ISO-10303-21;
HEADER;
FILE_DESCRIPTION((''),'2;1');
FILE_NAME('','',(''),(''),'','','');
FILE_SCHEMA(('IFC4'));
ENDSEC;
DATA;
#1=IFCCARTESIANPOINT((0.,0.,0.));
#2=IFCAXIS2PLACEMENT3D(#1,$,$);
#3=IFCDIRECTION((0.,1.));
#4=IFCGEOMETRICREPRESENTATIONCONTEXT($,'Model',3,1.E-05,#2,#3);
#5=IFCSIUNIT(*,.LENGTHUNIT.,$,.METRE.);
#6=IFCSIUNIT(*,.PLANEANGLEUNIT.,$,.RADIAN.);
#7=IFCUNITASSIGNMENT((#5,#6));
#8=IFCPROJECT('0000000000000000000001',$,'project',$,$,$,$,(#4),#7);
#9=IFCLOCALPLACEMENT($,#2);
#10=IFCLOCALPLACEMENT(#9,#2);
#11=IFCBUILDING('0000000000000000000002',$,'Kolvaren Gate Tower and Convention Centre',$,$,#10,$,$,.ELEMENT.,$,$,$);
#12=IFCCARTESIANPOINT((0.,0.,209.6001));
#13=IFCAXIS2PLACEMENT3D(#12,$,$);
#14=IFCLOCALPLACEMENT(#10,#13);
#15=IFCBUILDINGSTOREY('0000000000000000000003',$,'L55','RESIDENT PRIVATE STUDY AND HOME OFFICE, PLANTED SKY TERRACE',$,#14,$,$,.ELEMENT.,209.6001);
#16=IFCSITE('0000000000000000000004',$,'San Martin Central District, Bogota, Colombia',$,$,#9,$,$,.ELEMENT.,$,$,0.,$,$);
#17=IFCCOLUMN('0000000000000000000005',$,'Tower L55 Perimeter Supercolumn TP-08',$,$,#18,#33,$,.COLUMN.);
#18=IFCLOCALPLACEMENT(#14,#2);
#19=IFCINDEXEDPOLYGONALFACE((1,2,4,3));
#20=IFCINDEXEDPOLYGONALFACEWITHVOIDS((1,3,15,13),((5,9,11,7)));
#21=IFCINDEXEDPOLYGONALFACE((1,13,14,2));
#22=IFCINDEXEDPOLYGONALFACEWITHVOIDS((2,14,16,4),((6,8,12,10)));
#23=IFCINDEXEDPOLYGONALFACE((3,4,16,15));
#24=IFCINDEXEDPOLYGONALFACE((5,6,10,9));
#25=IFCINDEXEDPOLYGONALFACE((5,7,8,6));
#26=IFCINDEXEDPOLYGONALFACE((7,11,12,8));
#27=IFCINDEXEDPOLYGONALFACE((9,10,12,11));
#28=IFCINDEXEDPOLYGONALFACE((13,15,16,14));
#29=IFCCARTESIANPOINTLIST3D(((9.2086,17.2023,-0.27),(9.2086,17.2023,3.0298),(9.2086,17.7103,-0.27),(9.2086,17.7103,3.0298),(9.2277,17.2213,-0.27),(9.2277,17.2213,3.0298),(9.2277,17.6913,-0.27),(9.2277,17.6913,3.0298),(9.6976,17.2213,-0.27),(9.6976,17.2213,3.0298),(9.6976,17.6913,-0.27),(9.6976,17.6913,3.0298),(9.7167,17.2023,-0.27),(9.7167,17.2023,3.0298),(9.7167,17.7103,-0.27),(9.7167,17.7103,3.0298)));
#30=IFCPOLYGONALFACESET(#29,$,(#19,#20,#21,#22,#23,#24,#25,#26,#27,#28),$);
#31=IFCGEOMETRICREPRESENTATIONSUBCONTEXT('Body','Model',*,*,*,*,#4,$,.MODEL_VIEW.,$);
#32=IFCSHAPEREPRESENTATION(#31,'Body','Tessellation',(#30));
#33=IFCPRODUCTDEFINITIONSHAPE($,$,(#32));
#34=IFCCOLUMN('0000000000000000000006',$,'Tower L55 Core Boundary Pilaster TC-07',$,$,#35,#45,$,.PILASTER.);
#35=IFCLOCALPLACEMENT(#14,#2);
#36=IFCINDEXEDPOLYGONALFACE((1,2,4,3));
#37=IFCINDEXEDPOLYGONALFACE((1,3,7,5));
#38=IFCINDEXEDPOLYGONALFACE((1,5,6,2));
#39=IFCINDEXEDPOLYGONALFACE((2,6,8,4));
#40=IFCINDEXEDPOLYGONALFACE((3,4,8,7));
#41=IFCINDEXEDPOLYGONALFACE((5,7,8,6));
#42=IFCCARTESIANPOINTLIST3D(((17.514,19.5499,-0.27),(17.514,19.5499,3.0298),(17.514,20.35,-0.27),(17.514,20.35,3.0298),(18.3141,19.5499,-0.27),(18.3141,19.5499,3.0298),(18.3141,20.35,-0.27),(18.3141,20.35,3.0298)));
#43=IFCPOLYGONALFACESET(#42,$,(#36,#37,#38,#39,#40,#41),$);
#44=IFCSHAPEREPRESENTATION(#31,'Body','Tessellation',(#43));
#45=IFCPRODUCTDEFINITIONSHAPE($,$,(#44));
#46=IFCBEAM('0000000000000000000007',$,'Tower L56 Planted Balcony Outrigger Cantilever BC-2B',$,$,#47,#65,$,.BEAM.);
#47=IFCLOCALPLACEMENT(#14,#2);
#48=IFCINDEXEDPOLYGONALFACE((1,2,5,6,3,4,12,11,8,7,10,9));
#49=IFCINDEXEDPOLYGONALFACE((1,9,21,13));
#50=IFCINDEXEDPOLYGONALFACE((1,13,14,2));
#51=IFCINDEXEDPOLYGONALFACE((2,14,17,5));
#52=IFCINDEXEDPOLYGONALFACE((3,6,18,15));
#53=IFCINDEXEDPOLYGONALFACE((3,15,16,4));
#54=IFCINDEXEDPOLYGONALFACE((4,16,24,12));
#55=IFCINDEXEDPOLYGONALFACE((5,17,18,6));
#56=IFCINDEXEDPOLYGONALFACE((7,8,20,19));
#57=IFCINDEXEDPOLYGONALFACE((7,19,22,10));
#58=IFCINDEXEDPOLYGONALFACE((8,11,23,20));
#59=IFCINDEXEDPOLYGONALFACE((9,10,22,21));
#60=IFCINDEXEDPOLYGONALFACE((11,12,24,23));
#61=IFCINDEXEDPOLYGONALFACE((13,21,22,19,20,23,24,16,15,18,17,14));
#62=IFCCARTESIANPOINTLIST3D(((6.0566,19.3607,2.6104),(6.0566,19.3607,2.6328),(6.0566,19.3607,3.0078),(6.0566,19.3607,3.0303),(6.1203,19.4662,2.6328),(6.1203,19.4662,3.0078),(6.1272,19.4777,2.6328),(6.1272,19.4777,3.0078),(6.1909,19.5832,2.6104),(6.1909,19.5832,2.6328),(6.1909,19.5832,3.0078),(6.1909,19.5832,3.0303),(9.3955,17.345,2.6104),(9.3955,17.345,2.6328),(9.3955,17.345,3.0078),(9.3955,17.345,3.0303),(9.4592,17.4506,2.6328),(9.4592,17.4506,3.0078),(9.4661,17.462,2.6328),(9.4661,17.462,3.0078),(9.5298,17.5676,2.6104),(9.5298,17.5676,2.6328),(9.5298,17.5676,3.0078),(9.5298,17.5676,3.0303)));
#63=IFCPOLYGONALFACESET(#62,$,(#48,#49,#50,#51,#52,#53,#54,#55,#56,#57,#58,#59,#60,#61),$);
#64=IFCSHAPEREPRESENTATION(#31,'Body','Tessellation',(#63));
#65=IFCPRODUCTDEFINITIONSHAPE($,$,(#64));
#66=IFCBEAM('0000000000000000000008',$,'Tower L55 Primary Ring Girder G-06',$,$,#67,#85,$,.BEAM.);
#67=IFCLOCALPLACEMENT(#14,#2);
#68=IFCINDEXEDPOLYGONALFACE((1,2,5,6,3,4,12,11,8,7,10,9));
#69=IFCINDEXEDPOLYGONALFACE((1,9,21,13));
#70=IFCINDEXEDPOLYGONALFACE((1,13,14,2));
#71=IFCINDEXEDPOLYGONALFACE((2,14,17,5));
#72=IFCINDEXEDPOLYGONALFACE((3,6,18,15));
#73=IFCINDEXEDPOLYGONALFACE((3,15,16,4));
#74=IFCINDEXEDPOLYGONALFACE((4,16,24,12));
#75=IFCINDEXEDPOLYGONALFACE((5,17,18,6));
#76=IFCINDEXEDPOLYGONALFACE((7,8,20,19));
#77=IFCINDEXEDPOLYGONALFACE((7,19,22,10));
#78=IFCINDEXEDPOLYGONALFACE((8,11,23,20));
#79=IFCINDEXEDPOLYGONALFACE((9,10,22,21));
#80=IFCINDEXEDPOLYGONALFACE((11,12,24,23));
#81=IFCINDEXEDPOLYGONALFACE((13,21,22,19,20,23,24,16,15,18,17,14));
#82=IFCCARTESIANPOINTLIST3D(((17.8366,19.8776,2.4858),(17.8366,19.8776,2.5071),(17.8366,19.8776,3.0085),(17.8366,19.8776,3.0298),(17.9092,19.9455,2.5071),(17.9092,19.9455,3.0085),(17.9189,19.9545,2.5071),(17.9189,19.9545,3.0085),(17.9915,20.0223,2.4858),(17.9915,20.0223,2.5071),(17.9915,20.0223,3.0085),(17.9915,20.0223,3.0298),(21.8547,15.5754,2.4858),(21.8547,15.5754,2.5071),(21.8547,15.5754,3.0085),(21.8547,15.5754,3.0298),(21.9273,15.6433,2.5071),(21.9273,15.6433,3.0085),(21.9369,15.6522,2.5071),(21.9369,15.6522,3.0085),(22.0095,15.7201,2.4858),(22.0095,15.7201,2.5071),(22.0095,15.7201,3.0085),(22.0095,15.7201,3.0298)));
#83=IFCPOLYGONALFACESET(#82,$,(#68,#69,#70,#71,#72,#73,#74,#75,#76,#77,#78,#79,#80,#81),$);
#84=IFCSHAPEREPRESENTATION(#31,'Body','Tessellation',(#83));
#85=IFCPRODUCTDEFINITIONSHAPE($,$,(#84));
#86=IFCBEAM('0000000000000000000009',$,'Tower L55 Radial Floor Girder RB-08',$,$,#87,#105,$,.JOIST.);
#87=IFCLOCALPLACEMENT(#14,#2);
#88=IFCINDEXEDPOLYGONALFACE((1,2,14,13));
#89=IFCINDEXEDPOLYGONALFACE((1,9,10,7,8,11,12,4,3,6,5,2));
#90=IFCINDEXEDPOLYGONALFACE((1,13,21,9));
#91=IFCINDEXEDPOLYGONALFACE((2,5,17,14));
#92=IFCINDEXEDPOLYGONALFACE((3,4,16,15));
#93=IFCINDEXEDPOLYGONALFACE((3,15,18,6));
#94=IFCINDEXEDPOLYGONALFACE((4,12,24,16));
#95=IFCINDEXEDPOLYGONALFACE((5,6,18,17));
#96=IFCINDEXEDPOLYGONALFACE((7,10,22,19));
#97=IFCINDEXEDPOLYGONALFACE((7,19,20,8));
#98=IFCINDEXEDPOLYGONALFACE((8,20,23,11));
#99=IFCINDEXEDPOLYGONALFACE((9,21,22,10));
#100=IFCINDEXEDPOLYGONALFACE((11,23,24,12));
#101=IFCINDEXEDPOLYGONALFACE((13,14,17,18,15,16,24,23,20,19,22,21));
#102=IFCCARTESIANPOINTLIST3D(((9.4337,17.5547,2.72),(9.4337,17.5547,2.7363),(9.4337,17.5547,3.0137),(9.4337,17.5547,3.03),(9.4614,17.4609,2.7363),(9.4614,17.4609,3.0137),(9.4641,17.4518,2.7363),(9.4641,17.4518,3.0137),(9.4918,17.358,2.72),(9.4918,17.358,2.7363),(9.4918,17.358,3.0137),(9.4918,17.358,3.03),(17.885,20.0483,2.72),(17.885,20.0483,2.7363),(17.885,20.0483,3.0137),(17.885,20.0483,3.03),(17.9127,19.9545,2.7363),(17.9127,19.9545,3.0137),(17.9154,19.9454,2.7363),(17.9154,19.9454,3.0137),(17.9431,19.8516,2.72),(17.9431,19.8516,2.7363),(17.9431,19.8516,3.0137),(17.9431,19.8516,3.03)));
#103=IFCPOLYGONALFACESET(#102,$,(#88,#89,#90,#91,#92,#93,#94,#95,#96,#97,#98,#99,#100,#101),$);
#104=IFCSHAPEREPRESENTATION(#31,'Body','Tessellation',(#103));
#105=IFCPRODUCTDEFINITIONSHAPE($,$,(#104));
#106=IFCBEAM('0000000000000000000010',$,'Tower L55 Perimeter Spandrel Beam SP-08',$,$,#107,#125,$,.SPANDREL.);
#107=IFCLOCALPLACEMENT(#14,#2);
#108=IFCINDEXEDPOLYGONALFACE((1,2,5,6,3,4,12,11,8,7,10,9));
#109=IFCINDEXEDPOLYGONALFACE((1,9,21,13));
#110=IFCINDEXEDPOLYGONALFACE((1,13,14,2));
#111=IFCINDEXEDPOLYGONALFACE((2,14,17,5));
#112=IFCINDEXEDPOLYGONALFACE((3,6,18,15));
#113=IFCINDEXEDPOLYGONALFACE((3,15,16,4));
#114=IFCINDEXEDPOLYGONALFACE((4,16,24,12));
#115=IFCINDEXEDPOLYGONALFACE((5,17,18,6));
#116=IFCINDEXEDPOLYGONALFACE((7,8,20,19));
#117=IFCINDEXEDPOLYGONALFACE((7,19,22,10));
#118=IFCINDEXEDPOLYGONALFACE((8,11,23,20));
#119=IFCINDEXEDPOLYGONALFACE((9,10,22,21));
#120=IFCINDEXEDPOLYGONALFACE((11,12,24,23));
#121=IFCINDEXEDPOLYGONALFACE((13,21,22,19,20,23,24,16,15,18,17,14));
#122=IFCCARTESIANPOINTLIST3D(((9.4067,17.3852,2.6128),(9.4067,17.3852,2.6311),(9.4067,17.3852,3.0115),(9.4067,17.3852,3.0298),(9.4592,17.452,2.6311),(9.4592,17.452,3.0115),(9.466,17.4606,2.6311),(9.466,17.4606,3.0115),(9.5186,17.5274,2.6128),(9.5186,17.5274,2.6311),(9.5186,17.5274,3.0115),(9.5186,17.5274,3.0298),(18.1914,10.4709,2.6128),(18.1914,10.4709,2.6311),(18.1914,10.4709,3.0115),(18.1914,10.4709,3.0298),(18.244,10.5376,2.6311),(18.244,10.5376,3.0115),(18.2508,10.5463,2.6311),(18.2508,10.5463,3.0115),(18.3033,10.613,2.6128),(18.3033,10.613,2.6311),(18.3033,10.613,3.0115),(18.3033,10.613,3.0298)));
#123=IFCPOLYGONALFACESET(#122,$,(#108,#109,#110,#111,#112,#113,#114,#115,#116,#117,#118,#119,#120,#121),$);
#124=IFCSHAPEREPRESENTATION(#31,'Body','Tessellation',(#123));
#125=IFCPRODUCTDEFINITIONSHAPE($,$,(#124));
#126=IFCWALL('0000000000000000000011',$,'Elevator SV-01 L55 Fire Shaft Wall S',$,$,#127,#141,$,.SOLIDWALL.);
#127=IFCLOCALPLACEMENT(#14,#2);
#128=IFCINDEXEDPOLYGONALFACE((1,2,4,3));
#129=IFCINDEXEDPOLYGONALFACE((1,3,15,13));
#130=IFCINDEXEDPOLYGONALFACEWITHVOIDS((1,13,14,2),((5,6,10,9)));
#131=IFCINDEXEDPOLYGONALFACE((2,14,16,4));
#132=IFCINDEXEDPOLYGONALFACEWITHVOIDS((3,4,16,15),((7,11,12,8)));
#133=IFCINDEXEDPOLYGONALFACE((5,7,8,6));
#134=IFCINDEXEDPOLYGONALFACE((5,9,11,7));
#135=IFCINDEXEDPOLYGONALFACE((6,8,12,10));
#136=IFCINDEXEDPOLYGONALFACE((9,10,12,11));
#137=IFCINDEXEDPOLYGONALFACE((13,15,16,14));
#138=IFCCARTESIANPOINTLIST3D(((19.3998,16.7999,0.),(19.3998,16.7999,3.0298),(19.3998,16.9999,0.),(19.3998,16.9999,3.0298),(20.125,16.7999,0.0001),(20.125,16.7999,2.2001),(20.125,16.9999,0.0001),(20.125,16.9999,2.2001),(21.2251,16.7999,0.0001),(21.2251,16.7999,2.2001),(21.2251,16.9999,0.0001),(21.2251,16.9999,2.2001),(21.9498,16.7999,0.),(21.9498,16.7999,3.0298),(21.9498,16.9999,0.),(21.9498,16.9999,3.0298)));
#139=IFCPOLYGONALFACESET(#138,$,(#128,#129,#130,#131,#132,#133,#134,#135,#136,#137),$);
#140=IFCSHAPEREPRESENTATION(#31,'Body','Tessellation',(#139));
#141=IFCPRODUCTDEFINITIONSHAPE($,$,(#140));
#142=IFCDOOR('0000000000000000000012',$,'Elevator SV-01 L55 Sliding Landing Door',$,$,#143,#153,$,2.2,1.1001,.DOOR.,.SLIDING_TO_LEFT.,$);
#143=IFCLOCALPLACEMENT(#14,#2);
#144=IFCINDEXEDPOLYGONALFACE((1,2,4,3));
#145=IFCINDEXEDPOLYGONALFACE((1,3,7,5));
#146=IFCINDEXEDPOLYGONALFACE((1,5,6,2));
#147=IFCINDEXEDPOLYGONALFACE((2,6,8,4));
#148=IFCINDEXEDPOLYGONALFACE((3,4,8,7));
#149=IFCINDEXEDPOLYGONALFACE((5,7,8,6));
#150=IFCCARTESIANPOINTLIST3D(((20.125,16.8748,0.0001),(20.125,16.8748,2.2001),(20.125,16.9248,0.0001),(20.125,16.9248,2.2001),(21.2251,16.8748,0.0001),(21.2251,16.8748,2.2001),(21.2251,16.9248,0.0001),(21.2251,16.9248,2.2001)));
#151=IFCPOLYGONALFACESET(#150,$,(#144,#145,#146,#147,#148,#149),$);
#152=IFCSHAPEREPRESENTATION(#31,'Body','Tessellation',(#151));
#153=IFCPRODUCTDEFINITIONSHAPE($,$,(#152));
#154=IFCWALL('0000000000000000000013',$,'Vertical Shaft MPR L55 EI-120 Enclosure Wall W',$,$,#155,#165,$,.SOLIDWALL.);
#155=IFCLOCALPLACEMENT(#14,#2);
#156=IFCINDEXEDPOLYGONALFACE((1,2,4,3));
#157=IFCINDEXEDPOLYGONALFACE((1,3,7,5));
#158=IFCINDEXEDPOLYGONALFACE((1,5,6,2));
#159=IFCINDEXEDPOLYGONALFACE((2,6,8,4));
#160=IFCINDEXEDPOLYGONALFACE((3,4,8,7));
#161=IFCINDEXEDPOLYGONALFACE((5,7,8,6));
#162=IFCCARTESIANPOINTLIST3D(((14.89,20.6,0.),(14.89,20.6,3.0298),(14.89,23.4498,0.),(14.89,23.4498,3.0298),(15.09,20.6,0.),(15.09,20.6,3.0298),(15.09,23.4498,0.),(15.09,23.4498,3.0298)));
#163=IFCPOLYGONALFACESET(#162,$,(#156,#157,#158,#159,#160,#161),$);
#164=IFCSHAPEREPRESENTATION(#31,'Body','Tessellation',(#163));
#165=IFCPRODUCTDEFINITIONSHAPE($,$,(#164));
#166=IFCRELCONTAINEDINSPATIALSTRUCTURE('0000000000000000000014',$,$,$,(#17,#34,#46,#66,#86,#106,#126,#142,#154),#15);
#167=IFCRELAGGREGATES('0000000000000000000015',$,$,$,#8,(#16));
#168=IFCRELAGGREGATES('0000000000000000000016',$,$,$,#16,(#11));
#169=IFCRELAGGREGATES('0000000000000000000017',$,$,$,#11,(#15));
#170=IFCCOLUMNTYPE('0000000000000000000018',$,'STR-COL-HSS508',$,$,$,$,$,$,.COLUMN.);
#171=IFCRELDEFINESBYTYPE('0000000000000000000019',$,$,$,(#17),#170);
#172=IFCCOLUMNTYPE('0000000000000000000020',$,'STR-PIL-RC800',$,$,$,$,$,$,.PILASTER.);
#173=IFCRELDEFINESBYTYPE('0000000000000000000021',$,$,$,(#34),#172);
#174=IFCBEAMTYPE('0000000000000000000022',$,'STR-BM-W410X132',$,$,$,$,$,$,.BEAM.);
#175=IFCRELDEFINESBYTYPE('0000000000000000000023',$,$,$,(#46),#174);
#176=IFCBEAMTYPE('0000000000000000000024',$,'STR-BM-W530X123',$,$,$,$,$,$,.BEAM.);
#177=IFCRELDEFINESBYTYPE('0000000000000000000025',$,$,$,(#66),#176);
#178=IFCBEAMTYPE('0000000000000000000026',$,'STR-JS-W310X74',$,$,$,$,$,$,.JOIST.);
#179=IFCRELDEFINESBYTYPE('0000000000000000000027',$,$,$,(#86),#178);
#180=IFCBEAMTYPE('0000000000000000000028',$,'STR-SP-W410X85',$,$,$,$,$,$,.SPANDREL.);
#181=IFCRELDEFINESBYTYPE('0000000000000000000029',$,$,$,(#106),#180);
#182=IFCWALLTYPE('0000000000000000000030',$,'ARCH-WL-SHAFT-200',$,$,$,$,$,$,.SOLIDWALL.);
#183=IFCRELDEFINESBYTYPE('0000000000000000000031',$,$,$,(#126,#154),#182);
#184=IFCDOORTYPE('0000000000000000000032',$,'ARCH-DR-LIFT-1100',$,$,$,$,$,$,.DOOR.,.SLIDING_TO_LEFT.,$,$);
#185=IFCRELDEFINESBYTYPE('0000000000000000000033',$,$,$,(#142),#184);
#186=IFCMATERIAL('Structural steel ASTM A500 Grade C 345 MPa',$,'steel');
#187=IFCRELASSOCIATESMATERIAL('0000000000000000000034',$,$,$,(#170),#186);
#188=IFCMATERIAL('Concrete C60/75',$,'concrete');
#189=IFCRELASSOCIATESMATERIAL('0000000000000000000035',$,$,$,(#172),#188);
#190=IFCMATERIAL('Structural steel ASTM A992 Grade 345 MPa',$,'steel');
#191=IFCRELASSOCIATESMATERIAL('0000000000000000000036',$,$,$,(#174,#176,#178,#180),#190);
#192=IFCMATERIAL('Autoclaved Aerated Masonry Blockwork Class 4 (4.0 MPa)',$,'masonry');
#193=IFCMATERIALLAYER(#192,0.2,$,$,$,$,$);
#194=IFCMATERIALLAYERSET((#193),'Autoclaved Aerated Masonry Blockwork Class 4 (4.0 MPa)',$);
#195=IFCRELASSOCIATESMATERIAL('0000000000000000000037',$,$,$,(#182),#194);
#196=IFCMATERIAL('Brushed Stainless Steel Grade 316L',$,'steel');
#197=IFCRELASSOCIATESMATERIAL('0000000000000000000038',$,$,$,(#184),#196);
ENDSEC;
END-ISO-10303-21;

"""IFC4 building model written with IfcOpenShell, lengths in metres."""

from ifc_helpers import new_model, si_unit, direction, frame, frame_2d, origin, origin_2d, place, context, subcontext, project, spatial, rectangle, hollow_rectangle, i_section, extrude, material, layer, layer_set, material_profile, profile_set, type_object, element, fill, save


model = new_model("IFC4")

# Units and contexts
model_context = context("Model", 3, precision=1e-05, world=origin(), true_north=direction((0.0, 1.0)))
body_context = subcontext(model_context, "Body", "Model", "MODEL_VIEW")
ifc_project = project(units=[si_unit("LENGTHUNIT", "METRE"), si_unit("PLANEANGLEUNIT", "RADIAN")], contexts=[model_context])

# Site, building, storey
site_placement = place(None, origin())
site = spatial("IfcSite", under=ifc_project, at=site_placement, Name="San Martin Central District, Bogota, Colombia", CompositionType="ELEMENT", RefElevation=0.0)
building_placement = place(site_placement, origin())
building = spatial("IfcBuilding", under=site, at=building_placement, Name="Kolvaren Gate Tower and Convention Centre", CompositionType="ELEMENT")
storey_placement = place(building_placement, frame((0.0, 0.0, 209.6001)))
storey = spatial("IfcBuildingStorey", under=building, at=storey_placement, Name="L55", Description="RESIDENT PRIVATE STUDY AND HOME OFFICE, PLANTED SKY TERRACE", CompositionType="ELEMENT", Elevation=209.6001)

# Columns
ifc_material_1 = material(Name="Structural steel ASTM A500 Grade C 345 MPa", Category="steel")
ifc_material_profile_1 = material_profile(ifc_material_1, hollow_rectangle(XDim=0.5081, YDim=0.5081, WallThickness=0.019, at=origin_2d()), Name="HSS508X508X19.1")
ifc_profile_set_1 = profile_set([ifc_material_profile_1], Name="Structural steel ASTM A500 Grade C 345 MPa")
column_type_1 = type_object("IfcColumnType", Name="STR-COL-HSS508", PredefinedType="COLUMN", material=ifc_profile_set_1)
column_1_placement = place(storey_placement, frame((9.4626, 17.4563, -0.27), z_axis=(0.0, 0.0, 1.0), x_axis=(1.0, 0.0, 0.0)))
element("IfcColumn", 1, at=column_1_placement, inside=storey, type_object=column_type_1, Name="Tower L55 Perimeter Supercolumn TP-08", PredefinedType="COLUMN", context=body_context, shape_type="SweptSolid", body=[
    extrude(hollow_rectangle(XDim=0.5081, YDim=0.5081, WallThickness=0.019, at=origin_2d()), origin(), (0.0, 0.0, 1.0), 3.2998),
])
ifc_material_2 = material(Name="Concrete C60/75", Category="concrete")
ifc_material_profile_2 = material_profile(ifc_material_2, rectangle(XDim=0.8, YDim=0.8, at=origin_2d()), Name="RC-COL-800X800")
ifc_profile_set_2 = profile_set([ifc_material_profile_2], Name="Concrete C60/75")
column_type_2 = type_object("IfcColumnType", Name="STR-PIL-RC800", PredefinedType="PILASTER", material=ifc_profile_set_2)
column_2_placement = place(storey_placement, frame((17.9141, 19.95, -0.27), z_axis=(0.0, 0.0, 1.0), x_axis=(1.0, 0.0, 0.0)))
element("IfcColumn", 2, at=column_2_placement, inside=storey, type_object=column_type_2, Name="Tower L55 Core Boundary Pilaster TC-07", PredefinedType="PILASTER", context=body_context, shape_type="SweptSolid", body=[
    extrude(rectangle(XDim=0.8, YDim=0.8, at=origin_2d()), origin(), (0.0, 0.0, 1.0), 3.2998),
])

# Beams
ifc_material_3 = material(Name="Structural steel ASTM A992 Grade 345 MPa", Category="steel")
ifc_material_profile_3 = material_profile(ifc_material_3, i_section(OverallWidth=0.26, OverallDepth=0.4199, WebThickness=0.0134, FlangeThickness=0.0225, at=origin_2d()), Name="W410X132")
ifc_profile_set_3 = profile_set([ifc_material_profile_3], Name="Structural steel ASTM A992 Grade 345 MPa")
beam_type_1 = type_object("IfcBeamType", Name="STR-BM-W410X132", PredefinedType="BEAM", material=ifc_profile_set_3)
beam_1_placement = place(storey_placement, frame((9.4626, 17.4563, 2.8203), z_axis=(-0.856098, 0.516814, 0.0), x_axis=(-0.516814, -0.856098, 0.0)))
element("IfcBeam", 3, at=beam_1_placement, inside=storey, type_object=beam_type_1, Name="Tower L56 Planted Balcony Outrigger Cantilever BC-2B", PredefinedType="BEAM", context=body_context, shape_type="SweptSolid", body=[
    extrude(i_section(OverallWidth=0.26, OverallDepth=0.4199, WebThickness=0.0134, FlangeThickness=0.0225, at=origin_2d()), origin(), (0.0, 0.0, 1.0), 3.9001),
])
ifc_material_profile_4 = material_profile(ifc_material_3, i_section(OverallWidth=0.2119, OverallDepth=0.5439, WebThickness=0.0132, FlangeThickness=0.0212, at=origin_2d()), Name="W530X123")
ifc_profile_set_4 = profile_set([ifc_material_profile_4], Name="Structural steel ASTM A992 Grade 345 MPa")
beam_type_2 = type_object("IfcBeamType", Name="STR-BM-W530X123", PredefinedType="BEAM", material=ifc_profile_set_4)
beam_2_placement = place(storey_placement, frame((17.9141, 19.95, 2.7578), z_axis=(0.682558, -0.730832, 0.0), x_axis=(0.730832, 0.682558, 0.0)))
element("IfcBeam", 4, at=beam_2_placement, inside=storey, type_object=beam_type_2, Name="Tower L55 Primary Ring Girder G-06", PredefinedType="BEAM", context=body_context, shape_type="SweptSolid", body=[
    extrude(i_section(OverallWidth=0.2119, OverallDepth=0.5439, WebThickness=0.0132, FlangeThickness=0.0212, at=origin_2d()), origin(), (0.0, 0.0, 1.0), 5.8867),
])
ifc_material_profile_5 = material_profile(ifc_material_3, i_section(OverallWidth=0.2051, OverallDepth=0.3101, WebThickness=0.0095, FlangeThickness=0.0164, at=origin_2d()), Name="W310X74")
ifc_profile_set_5 = profile_set([ifc_material_profile_5], Name="Structural steel ASTM A992 Grade 345 MPa")
beam_type_3 = type_object("IfcBeamType", Name="STR-JS-W310X74", PredefinedType="JOIST", material=ifc_profile_set_5)
beam_3_placement = place(storey_placement, frame((17.9141, 19.95, 2.875), z_axis=(-0.959121, -0.282996, 0.0), x_axis=(0.282996, -0.959121, 0.0)))
element("IfcBeam", 5, at=beam_3_placement, inside=storey, type_object=beam_type_3, Name="Tower L55 Radial Floor Girder RB-08", PredefinedType="JOIST", context=body_context, shape_type="SweptSolid", body=[
    extrude(i_section(OverallWidth=0.2051, OverallDepth=0.3101, WebThickness=0.0095, FlangeThickness=0.0164, at=origin_2d()), origin(), (0.0, 0.0, 1.0), 8.8115),
])
ifc_material_profile_6 = material_profile(ifc_material_3, i_section(OverallWidth=0.1809, OverallDepth=0.417, WebThickness=0.011, FlangeThickness=0.0183, at=origin_2d()), Name="W410X85")
ifc_profile_set_6 = profile_set([ifc_material_profile_6], Name="Structural steel ASTM A992 Grade 345 MPa")
beam_type_4 = type_object("IfcBeamType", Name="STR-SP-W410X85", PredefinedType="SPANDREL", material=ifc_profile_set_6)
beam_4_placement = place(storey_placement, frame((9.4626, 17.4563, 2.8213), z_axis=(0.785794, -0.618489, 0.0), x_axis=(0.618489, 0.785794, 0.0)))
element("IfcBeam", 6, at=beam_4_placement, inside=storey, type_object=beam_type_4, Name="Tower L55 Perimeter Spandrel Beam SP-08", PredefinedType="SPANDREL", context=body_context, shape_type="SweptSolid", body=[
    extrude(i_section(OverallWidth=0.1809, OverallDepth=0.417, WebThickness=0.011, FlangeThickness=0.0183, at=origin_2d()), origin(), (0.0, 0.0, 1.0), 11.1794),
])

# Wall, opening, door
ifc_material_4 = material(Name="Autoclaved Aerated Masonry Blockwork Class 4 (4.0 MPa)", Category="masonry")
ifc_layer_1 = layer(ifc_material_4, 0.2)
ifc_layer_set_1 = layer_set([ifc_layer_1], Name="Autoclaved Aerated Masonry Blockwork Class 4 (4.0 MPa)")
wall_type_1 = type_object("IfcWallType", Name="ARCH-WL-SHAFT-200", PredefinedType="SOLIDWALL", material=ifc_layer_set_1)
wall_1_placement = place(storey_placement, frame((19.3999, 16.8999, 0.0), z_axis=(0.0, 0.0, 1.0), x_axis=(1.0, 0.0, 0.0)))
wall_1 = element("IfcWall", 7, at=wall_1_placement, inside=storey, type_object=wall_type_1, Name="Elevator SV-01 L55 Fire Shaft Wall S", PredefinedType="SOLIDWALL", context=body_context, shape_type="SweptSolid", body=[
    extrude(rectangle(XDim=2.55, YDim=0.2, at=frame_2d((1.2749, 0.0))), origin(), (0.0, 0.0, 1.0), 3.0298),
])
opening_1_placement = place(wall_1_placement, frame((0.7251, 0.0, 0.0)))
opening_1 = element("IfcOpeningElement", 8, at=opening_1_placement, cuts=wall_1, PredefinedType="OPENING", context=body_context, shape_type="SweptSolid", body=[
    extrude(rectangle(XDim=1.1001, YDim=2.2, at=frame_2d((0.55, 1.1001))), frame((0.0, 0.1099, 0.0), z_axis=(0.0, -1.0, 0.0), x_axis=(1.0, 0.0, 0.0)), (0.0, 0.0, 1.0), 0.22),
])
ifc_material_5 = material(Name="Brushed Stainless Steel Grade 316L", Category="steel")
door_type = type_object("IfcDoorType", Name="ARCH-DR-LIFT-1100", OperationType="SLIDING_TO_LEFT", PredefinedType="DOOR", material=ifc_material_5)
door_placement = place(opening_1_placement, origin())
door = element("IfcDoor", 9, at=door_placement, inside=storey, type_object=door_type, Name="Elevator SV-01 L55 Sliding Landing Door", OperationType="SLIDING_TO_LEFT", OverallHeight=2.2, OverallWidth=1.1001, PredefinedType="DOOR", context=body_context, shape_type="SweptSolid", body=[
    extrude(rectangle(XDim=1.1001, YDim=2.2, at=frame_2d((0.55, 1.1001))), frame((0.0, 0.0249, 0.0), z_axis=(0.0, -1.0, 0.0), x_axis=(1.0, 0.0, 0.0)), (0.0, 0.0, 1.0), 0.05),
])
fill(opening_1, door)

# Wall
wall_2_placement = place(storey_placement, frame((14.99, 20.6001, 0.0), z_axis=(0.0, 0.0, 1.0), x_axis=(0.0, 1.0, 0.0)))
element("IfcWall", 10, at=wall_2_placement, inside=storey, type_object=wall_type_1, Name="Vertical Shaft MPR L55 EI-120 Enclosure Wall W", PredefinedType="SOLIDWALL", context=body_context, shape_type="SweptSolid", body=[
    extrude(rectangle(XDim=2.8499, YDim=0.2, at=frame_2d((1.4248, 0.0))), origin(), (0.0, 0.0, 1.0), 3.0298),
])

save(model, "model.ifc")
